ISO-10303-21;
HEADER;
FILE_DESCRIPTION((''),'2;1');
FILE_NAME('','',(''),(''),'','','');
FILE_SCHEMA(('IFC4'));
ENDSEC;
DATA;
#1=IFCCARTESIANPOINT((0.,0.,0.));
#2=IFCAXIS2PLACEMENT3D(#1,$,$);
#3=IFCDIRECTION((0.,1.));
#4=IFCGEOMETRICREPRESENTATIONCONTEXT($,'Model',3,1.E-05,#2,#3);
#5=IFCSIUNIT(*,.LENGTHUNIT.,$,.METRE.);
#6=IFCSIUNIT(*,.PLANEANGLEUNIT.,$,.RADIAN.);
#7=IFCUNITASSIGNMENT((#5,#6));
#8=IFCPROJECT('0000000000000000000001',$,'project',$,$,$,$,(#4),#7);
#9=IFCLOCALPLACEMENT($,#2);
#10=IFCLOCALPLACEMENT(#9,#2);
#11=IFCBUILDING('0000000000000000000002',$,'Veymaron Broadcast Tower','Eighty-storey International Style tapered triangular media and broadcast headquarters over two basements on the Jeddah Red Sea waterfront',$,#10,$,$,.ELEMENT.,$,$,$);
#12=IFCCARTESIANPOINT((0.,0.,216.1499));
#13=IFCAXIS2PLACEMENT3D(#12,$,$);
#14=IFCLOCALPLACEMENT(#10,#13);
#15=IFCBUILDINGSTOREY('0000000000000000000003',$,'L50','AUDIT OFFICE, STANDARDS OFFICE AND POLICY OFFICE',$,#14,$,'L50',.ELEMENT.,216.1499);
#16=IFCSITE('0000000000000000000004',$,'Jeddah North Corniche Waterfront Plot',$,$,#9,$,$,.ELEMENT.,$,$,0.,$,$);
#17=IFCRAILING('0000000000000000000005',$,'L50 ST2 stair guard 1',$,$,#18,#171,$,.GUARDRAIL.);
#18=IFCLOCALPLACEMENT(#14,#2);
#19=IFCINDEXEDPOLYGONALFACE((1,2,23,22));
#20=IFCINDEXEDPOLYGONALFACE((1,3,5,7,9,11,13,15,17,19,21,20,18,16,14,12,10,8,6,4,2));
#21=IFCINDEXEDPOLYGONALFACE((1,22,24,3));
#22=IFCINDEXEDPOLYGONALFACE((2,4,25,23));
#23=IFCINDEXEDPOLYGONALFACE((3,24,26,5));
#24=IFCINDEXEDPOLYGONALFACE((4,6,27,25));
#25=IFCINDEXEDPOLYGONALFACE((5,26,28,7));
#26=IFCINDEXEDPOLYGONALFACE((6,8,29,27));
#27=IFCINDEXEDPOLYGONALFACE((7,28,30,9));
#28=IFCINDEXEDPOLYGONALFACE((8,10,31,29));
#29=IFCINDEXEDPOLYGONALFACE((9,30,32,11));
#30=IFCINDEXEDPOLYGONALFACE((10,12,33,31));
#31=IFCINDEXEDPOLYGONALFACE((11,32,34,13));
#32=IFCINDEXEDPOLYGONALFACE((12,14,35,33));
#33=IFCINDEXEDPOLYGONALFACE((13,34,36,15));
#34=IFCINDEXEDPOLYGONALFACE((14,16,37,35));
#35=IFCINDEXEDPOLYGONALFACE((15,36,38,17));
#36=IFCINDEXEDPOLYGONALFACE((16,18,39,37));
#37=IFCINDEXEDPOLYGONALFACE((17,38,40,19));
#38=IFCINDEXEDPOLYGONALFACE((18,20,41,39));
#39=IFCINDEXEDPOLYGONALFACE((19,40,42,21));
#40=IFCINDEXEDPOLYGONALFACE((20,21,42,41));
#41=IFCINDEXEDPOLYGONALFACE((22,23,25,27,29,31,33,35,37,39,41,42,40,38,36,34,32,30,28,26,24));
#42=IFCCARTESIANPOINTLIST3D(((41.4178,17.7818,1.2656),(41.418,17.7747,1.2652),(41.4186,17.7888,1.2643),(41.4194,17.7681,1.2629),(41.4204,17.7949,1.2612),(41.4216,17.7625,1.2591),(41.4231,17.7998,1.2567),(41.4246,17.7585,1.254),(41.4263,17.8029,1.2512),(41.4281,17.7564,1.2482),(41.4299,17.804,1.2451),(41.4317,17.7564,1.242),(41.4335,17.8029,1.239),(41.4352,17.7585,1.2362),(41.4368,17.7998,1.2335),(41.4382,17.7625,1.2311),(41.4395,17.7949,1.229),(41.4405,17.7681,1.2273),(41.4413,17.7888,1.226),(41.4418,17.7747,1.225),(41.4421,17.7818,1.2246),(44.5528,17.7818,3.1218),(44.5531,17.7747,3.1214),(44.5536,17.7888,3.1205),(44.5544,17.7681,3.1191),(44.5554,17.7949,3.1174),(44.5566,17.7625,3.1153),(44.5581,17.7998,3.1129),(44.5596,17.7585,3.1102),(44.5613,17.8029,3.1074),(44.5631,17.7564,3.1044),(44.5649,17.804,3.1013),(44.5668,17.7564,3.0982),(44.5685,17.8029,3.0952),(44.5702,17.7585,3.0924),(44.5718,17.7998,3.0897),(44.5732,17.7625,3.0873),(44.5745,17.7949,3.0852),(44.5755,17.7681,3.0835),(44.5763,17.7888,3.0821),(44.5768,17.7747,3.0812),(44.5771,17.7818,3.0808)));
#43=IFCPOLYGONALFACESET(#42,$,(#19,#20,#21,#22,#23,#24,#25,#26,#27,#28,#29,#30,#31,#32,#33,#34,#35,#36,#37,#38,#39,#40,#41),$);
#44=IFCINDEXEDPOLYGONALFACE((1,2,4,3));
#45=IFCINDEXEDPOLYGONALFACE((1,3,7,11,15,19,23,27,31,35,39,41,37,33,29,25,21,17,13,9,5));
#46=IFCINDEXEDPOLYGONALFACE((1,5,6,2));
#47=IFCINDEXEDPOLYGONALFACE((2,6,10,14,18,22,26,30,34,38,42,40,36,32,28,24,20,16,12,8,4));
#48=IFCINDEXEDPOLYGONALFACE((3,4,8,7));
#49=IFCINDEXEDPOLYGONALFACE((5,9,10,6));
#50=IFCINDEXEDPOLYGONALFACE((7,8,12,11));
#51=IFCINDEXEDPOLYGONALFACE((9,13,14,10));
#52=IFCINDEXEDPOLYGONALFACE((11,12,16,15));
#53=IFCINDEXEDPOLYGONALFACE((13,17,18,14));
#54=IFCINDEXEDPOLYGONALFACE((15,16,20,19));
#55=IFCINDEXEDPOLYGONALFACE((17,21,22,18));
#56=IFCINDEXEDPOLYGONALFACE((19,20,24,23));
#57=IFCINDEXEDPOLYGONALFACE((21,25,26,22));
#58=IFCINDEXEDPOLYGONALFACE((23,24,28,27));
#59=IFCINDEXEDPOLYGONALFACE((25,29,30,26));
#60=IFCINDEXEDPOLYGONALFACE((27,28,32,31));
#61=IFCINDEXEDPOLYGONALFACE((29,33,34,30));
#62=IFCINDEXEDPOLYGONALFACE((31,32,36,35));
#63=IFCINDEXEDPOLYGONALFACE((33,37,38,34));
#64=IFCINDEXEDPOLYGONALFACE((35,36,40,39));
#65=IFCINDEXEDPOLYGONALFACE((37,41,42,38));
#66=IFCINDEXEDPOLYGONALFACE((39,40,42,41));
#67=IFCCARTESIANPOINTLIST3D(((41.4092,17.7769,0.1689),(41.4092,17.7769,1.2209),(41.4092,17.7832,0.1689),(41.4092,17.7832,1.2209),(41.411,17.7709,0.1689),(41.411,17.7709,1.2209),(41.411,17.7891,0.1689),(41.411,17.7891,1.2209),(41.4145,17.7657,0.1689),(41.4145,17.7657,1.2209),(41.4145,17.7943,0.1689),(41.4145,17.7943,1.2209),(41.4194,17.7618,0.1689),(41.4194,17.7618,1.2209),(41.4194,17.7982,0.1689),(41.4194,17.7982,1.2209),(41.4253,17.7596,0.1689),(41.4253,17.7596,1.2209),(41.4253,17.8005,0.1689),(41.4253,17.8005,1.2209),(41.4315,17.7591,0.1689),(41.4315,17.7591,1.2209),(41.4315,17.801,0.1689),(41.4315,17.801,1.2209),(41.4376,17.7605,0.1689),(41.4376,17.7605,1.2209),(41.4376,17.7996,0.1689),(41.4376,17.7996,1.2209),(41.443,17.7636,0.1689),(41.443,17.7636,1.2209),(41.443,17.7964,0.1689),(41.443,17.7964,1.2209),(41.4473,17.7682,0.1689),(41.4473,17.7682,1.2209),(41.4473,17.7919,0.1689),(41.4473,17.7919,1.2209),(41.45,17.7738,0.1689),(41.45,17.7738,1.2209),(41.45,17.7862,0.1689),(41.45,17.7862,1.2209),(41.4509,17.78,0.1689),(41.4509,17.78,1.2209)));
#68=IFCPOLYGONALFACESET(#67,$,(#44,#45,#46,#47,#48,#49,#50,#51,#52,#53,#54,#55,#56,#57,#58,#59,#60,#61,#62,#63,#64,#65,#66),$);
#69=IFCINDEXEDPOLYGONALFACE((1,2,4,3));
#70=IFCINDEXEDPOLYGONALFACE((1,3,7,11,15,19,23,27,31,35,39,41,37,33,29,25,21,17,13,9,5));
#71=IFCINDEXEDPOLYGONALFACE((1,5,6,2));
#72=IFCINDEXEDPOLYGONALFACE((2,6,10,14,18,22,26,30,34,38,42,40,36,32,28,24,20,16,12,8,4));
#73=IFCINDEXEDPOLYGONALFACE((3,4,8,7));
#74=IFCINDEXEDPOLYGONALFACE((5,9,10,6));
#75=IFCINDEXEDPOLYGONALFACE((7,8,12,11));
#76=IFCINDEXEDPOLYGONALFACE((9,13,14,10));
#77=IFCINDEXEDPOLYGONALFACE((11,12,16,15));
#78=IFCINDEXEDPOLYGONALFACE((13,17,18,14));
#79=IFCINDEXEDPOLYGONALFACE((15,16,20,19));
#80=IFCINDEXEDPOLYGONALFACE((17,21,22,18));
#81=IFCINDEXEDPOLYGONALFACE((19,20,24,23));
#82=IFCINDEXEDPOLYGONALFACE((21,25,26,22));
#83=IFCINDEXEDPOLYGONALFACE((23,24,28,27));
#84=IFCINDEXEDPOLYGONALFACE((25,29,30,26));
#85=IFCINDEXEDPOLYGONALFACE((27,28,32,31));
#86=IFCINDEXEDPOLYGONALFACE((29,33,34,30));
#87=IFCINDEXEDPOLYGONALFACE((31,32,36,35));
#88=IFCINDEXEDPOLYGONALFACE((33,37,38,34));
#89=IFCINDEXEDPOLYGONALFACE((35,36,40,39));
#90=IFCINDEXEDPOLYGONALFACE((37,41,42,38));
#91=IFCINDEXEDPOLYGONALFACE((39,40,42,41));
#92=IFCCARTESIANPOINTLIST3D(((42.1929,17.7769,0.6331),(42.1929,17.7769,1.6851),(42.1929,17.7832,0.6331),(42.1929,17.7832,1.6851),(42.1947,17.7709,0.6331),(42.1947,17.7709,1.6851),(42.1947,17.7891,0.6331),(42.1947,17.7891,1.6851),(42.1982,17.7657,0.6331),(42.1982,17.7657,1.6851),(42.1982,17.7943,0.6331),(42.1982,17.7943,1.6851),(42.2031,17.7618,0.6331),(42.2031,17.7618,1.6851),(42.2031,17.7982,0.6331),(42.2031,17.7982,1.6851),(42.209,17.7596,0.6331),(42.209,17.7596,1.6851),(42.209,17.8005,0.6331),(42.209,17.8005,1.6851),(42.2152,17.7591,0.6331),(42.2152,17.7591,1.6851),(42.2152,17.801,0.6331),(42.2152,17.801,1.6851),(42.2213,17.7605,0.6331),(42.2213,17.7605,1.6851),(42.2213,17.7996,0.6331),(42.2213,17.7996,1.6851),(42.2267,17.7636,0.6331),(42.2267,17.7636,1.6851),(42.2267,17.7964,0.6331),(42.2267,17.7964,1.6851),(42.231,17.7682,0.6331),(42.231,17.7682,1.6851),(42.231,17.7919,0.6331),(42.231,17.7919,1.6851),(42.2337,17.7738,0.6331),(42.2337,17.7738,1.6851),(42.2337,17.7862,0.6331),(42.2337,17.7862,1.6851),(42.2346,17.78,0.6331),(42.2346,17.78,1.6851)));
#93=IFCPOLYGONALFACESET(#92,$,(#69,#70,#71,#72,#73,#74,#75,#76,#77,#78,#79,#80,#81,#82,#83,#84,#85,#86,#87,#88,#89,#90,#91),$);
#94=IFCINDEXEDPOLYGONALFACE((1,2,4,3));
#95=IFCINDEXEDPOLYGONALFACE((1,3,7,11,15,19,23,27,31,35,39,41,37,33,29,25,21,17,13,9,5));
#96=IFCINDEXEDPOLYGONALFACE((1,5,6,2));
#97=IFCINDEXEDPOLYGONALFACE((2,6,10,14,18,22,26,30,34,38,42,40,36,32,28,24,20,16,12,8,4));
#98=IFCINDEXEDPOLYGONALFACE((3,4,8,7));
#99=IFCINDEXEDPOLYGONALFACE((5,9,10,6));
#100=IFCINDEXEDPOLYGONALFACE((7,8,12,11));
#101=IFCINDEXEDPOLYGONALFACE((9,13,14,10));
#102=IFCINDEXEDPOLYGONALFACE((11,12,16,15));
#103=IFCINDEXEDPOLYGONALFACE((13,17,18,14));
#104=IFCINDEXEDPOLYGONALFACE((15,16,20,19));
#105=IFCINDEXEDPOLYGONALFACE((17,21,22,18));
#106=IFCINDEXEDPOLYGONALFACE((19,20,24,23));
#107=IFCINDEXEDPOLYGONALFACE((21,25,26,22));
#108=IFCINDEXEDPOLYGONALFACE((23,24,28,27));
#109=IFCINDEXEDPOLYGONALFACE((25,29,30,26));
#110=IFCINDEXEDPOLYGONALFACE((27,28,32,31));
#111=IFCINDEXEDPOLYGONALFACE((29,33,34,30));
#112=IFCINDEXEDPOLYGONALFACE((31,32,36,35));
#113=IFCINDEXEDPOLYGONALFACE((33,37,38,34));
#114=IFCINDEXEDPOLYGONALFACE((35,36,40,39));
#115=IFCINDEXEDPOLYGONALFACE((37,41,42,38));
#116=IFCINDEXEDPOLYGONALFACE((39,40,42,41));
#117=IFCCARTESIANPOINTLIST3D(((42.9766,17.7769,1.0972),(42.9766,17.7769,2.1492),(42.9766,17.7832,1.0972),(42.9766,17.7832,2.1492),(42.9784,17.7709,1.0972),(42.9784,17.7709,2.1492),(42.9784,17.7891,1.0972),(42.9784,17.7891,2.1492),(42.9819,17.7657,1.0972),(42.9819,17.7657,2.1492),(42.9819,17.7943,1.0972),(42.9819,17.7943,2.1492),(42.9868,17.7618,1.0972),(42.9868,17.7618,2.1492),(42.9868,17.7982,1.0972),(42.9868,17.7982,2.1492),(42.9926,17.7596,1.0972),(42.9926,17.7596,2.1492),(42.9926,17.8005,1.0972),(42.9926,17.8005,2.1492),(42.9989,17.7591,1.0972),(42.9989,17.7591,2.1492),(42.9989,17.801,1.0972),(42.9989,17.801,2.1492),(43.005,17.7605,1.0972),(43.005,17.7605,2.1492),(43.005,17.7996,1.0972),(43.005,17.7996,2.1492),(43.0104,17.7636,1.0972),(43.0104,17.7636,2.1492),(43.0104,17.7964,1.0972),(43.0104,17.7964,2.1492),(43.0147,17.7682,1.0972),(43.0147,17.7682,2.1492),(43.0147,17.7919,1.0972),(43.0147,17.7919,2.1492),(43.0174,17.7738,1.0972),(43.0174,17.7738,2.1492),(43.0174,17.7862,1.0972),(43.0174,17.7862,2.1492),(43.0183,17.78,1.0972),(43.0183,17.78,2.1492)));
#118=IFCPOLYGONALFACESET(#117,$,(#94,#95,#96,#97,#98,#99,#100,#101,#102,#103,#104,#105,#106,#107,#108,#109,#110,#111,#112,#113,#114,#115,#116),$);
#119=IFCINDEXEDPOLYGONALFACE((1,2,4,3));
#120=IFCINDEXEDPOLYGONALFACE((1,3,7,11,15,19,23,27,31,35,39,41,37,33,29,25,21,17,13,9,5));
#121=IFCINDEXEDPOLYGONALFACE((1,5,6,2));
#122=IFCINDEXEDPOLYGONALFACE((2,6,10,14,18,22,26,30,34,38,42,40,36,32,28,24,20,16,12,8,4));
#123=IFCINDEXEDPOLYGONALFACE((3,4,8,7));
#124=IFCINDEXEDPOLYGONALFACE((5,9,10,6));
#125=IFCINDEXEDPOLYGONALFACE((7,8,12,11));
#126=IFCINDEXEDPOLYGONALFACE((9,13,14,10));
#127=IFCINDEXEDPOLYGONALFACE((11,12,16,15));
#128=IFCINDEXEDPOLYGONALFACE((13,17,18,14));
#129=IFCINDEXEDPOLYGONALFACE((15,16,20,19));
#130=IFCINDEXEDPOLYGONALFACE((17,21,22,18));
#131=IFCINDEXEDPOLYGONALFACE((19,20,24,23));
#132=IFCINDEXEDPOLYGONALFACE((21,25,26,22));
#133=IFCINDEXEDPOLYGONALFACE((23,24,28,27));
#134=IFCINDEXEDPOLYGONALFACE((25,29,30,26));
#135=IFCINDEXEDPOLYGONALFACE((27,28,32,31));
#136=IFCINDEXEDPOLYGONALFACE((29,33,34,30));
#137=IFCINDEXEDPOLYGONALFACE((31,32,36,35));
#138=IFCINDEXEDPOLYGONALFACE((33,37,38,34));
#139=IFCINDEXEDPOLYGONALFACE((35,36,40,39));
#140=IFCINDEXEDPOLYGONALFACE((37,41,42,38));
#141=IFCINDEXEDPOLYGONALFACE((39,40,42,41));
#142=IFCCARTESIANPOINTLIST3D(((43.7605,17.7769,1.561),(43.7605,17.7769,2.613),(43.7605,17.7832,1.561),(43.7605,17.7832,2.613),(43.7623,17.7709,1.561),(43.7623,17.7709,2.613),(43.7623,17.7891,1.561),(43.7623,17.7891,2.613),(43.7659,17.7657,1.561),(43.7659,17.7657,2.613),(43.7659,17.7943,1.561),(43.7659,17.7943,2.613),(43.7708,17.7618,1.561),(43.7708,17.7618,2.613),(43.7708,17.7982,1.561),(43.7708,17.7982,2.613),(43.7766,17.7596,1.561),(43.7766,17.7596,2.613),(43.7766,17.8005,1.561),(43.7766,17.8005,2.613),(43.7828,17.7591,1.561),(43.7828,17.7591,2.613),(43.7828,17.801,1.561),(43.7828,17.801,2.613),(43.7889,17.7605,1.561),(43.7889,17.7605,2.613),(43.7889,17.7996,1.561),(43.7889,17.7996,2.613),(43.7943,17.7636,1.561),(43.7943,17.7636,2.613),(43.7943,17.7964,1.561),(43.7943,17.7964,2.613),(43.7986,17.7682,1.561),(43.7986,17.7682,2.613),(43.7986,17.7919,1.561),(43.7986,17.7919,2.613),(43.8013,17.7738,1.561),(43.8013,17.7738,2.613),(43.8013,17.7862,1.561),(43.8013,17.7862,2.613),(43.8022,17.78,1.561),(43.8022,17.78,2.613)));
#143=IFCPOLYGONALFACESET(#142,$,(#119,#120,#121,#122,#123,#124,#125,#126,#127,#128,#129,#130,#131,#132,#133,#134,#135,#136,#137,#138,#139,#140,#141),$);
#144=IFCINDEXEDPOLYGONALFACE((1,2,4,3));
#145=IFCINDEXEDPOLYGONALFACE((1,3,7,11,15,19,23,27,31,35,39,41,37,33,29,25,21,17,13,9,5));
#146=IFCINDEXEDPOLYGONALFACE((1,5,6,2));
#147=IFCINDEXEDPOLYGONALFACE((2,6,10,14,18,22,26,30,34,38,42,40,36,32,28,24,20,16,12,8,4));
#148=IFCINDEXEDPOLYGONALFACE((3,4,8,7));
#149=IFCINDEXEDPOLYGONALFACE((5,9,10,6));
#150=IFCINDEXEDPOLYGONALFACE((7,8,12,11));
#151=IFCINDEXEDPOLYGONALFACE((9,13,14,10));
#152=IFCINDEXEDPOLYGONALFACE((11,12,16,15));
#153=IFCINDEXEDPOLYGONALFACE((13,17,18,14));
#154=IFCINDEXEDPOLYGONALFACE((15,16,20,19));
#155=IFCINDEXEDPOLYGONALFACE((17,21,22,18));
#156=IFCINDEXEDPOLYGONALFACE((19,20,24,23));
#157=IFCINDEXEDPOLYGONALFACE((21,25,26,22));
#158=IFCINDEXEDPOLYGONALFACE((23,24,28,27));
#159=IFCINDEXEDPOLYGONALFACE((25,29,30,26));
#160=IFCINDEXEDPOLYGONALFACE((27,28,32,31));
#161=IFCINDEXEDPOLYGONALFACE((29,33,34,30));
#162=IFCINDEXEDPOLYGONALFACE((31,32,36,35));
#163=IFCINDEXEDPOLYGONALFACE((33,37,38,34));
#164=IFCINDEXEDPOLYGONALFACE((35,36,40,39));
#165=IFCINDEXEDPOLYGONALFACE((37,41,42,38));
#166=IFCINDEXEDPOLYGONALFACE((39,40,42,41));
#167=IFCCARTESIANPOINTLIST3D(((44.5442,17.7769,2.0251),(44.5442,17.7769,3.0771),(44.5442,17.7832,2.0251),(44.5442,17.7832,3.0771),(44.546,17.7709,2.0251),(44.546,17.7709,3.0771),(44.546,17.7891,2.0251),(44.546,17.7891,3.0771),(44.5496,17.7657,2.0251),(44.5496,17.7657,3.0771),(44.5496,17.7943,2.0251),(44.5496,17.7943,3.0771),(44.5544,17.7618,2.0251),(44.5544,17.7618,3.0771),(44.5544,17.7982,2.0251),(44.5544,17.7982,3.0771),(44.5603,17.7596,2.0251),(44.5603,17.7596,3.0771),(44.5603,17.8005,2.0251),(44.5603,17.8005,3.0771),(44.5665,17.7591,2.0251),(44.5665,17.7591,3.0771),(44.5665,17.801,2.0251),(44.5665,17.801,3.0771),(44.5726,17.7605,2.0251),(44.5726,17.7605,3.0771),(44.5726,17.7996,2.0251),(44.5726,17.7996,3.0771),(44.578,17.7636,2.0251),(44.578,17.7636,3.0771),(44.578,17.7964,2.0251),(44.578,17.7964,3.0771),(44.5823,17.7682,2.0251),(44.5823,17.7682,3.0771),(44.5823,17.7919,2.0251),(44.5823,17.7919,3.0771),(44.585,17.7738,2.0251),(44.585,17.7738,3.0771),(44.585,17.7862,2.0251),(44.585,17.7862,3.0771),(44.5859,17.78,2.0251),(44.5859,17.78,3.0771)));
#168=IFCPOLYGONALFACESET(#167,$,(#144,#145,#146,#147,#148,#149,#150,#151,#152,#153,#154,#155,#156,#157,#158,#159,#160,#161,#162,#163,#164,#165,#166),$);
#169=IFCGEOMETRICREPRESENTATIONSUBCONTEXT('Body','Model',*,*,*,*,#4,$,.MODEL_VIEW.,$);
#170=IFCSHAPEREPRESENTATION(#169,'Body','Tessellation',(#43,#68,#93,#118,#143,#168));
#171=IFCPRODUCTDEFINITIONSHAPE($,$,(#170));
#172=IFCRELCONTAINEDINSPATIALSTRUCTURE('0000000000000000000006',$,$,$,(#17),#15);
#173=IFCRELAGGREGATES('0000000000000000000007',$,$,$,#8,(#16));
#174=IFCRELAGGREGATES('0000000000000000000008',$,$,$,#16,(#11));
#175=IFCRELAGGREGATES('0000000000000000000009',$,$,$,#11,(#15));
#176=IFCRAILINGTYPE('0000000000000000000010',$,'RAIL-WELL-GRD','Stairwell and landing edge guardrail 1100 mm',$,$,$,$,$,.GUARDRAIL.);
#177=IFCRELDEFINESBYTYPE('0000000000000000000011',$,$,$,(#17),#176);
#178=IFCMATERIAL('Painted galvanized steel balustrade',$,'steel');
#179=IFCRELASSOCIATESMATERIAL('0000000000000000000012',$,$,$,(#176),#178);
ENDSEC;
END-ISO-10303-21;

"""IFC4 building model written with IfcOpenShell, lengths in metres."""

from ifc_helpers import new_model, si_unit, direction, frame, origin, origin_2d, place, context, subcontext, project, spatial, circle, extrude, material, type_object, element, save


model = new_model("IFC4")

# Units and contexts
model_context = context("Model", 3, precision=1e-05, world=origin(), true_north=direction((0.0, 1.0)))
body_context = subcontext(model_context, "Body", "Model", "MODEL_VIEW")
ifc_project = project(units=[si_unit("LENGTHUNIT", "METRE"), si_unit("PLANEANGLEUNIT", "RADIAN")], contexts=[model_context])

# Site, building, storey
site_placement = place(None, origin())
site = spatial("IfcSite", under=ifc_project, at=site_placement, Name="Jeddah North Corniche Waterfront Plot", CompositionType="ELEMENT", RefElevation=0.0)
building_placement = place(site_placement, origin())
building = spatial("IfcBuilding", under=site, at=building_placement, Name="Veymaron Broadcast Tower", Description="Eighty-storey International Style tapered triangular media and broadcast headquarters over two basements on the Jeddah Red Sea waterfront", CompositionType="ELEMENT")
storey_placement = place(building_placement, frame((0.0, 0.0, 216.1499)))
storey = spatial("IfcBuildingStorey", under=building, at=storey_placement, Name="L50", Description="AUDIT OFFICE, STANDARDS OFFICE AND POLICY OFFICE", LongName="L50", CompositionType="ELEMENT", Elevation=216.1499)

# Railing
ifc_material_1 = material(Name="Painted galvanized steel balustrade", Category="steel")
railing_type_1 = type_object("IfcRailingType", Name="RAIL-WELL-GRD", Description="Stairwell and landing edge guardrail 1100 mm", PredefinedType="GUARDRAIL", material=ifc_material_1)
railing_1_placement = place(storey_placement, frame((41.4299, 17.78, 0.1689)))
element("IfcRailing", 1, at=railing_1_placement, inside=storey, type_object=railing_type_1, Name="L50 ST2 stair guard 1", PredefinedType="GUARDRAIL", context=body_context, shape_type="SweptSolid", body=[
    extrude(circle(Radius=0.0239, at=origin_2d()), frame((0.0, 0.0, 1.0762), z_axis=(0.860482, 0.0, 0.509481), x_axis=(0.0, 1.0, 0.0)), (0.0, 0.0, 1.0), 3.6433),
    extrude(circle(Radius=0.021, at=origin_2d()), origin(), (0.0, 0.0, 1.0), 1.052),
    extrude(circle(Radius=0.021, at=origin_2d()), frame((0.7837, 0.0, 0.4641)), (0.0, 0.0, 1.0), 1.052),
    extrude(circle(Radius=0.021, at=origin_2d()), frame((1.5674, 0.0, 0.9282)), (0.0, 0.0, 1.0), 1.052),
    extrude(circle(Radius=0.021, at=origin_2d()), frame((2.3513, 0.0, 1.3921)), (0.0, 0.0, 1.0), 1.052),
    extrude(circle(Radius=0.021, at=origin_2d()), frame((3.135, 0.0, 1.8562)), (0.0, 0.0, 1.0), 1.052),
])

save(model, "model.ifc")
